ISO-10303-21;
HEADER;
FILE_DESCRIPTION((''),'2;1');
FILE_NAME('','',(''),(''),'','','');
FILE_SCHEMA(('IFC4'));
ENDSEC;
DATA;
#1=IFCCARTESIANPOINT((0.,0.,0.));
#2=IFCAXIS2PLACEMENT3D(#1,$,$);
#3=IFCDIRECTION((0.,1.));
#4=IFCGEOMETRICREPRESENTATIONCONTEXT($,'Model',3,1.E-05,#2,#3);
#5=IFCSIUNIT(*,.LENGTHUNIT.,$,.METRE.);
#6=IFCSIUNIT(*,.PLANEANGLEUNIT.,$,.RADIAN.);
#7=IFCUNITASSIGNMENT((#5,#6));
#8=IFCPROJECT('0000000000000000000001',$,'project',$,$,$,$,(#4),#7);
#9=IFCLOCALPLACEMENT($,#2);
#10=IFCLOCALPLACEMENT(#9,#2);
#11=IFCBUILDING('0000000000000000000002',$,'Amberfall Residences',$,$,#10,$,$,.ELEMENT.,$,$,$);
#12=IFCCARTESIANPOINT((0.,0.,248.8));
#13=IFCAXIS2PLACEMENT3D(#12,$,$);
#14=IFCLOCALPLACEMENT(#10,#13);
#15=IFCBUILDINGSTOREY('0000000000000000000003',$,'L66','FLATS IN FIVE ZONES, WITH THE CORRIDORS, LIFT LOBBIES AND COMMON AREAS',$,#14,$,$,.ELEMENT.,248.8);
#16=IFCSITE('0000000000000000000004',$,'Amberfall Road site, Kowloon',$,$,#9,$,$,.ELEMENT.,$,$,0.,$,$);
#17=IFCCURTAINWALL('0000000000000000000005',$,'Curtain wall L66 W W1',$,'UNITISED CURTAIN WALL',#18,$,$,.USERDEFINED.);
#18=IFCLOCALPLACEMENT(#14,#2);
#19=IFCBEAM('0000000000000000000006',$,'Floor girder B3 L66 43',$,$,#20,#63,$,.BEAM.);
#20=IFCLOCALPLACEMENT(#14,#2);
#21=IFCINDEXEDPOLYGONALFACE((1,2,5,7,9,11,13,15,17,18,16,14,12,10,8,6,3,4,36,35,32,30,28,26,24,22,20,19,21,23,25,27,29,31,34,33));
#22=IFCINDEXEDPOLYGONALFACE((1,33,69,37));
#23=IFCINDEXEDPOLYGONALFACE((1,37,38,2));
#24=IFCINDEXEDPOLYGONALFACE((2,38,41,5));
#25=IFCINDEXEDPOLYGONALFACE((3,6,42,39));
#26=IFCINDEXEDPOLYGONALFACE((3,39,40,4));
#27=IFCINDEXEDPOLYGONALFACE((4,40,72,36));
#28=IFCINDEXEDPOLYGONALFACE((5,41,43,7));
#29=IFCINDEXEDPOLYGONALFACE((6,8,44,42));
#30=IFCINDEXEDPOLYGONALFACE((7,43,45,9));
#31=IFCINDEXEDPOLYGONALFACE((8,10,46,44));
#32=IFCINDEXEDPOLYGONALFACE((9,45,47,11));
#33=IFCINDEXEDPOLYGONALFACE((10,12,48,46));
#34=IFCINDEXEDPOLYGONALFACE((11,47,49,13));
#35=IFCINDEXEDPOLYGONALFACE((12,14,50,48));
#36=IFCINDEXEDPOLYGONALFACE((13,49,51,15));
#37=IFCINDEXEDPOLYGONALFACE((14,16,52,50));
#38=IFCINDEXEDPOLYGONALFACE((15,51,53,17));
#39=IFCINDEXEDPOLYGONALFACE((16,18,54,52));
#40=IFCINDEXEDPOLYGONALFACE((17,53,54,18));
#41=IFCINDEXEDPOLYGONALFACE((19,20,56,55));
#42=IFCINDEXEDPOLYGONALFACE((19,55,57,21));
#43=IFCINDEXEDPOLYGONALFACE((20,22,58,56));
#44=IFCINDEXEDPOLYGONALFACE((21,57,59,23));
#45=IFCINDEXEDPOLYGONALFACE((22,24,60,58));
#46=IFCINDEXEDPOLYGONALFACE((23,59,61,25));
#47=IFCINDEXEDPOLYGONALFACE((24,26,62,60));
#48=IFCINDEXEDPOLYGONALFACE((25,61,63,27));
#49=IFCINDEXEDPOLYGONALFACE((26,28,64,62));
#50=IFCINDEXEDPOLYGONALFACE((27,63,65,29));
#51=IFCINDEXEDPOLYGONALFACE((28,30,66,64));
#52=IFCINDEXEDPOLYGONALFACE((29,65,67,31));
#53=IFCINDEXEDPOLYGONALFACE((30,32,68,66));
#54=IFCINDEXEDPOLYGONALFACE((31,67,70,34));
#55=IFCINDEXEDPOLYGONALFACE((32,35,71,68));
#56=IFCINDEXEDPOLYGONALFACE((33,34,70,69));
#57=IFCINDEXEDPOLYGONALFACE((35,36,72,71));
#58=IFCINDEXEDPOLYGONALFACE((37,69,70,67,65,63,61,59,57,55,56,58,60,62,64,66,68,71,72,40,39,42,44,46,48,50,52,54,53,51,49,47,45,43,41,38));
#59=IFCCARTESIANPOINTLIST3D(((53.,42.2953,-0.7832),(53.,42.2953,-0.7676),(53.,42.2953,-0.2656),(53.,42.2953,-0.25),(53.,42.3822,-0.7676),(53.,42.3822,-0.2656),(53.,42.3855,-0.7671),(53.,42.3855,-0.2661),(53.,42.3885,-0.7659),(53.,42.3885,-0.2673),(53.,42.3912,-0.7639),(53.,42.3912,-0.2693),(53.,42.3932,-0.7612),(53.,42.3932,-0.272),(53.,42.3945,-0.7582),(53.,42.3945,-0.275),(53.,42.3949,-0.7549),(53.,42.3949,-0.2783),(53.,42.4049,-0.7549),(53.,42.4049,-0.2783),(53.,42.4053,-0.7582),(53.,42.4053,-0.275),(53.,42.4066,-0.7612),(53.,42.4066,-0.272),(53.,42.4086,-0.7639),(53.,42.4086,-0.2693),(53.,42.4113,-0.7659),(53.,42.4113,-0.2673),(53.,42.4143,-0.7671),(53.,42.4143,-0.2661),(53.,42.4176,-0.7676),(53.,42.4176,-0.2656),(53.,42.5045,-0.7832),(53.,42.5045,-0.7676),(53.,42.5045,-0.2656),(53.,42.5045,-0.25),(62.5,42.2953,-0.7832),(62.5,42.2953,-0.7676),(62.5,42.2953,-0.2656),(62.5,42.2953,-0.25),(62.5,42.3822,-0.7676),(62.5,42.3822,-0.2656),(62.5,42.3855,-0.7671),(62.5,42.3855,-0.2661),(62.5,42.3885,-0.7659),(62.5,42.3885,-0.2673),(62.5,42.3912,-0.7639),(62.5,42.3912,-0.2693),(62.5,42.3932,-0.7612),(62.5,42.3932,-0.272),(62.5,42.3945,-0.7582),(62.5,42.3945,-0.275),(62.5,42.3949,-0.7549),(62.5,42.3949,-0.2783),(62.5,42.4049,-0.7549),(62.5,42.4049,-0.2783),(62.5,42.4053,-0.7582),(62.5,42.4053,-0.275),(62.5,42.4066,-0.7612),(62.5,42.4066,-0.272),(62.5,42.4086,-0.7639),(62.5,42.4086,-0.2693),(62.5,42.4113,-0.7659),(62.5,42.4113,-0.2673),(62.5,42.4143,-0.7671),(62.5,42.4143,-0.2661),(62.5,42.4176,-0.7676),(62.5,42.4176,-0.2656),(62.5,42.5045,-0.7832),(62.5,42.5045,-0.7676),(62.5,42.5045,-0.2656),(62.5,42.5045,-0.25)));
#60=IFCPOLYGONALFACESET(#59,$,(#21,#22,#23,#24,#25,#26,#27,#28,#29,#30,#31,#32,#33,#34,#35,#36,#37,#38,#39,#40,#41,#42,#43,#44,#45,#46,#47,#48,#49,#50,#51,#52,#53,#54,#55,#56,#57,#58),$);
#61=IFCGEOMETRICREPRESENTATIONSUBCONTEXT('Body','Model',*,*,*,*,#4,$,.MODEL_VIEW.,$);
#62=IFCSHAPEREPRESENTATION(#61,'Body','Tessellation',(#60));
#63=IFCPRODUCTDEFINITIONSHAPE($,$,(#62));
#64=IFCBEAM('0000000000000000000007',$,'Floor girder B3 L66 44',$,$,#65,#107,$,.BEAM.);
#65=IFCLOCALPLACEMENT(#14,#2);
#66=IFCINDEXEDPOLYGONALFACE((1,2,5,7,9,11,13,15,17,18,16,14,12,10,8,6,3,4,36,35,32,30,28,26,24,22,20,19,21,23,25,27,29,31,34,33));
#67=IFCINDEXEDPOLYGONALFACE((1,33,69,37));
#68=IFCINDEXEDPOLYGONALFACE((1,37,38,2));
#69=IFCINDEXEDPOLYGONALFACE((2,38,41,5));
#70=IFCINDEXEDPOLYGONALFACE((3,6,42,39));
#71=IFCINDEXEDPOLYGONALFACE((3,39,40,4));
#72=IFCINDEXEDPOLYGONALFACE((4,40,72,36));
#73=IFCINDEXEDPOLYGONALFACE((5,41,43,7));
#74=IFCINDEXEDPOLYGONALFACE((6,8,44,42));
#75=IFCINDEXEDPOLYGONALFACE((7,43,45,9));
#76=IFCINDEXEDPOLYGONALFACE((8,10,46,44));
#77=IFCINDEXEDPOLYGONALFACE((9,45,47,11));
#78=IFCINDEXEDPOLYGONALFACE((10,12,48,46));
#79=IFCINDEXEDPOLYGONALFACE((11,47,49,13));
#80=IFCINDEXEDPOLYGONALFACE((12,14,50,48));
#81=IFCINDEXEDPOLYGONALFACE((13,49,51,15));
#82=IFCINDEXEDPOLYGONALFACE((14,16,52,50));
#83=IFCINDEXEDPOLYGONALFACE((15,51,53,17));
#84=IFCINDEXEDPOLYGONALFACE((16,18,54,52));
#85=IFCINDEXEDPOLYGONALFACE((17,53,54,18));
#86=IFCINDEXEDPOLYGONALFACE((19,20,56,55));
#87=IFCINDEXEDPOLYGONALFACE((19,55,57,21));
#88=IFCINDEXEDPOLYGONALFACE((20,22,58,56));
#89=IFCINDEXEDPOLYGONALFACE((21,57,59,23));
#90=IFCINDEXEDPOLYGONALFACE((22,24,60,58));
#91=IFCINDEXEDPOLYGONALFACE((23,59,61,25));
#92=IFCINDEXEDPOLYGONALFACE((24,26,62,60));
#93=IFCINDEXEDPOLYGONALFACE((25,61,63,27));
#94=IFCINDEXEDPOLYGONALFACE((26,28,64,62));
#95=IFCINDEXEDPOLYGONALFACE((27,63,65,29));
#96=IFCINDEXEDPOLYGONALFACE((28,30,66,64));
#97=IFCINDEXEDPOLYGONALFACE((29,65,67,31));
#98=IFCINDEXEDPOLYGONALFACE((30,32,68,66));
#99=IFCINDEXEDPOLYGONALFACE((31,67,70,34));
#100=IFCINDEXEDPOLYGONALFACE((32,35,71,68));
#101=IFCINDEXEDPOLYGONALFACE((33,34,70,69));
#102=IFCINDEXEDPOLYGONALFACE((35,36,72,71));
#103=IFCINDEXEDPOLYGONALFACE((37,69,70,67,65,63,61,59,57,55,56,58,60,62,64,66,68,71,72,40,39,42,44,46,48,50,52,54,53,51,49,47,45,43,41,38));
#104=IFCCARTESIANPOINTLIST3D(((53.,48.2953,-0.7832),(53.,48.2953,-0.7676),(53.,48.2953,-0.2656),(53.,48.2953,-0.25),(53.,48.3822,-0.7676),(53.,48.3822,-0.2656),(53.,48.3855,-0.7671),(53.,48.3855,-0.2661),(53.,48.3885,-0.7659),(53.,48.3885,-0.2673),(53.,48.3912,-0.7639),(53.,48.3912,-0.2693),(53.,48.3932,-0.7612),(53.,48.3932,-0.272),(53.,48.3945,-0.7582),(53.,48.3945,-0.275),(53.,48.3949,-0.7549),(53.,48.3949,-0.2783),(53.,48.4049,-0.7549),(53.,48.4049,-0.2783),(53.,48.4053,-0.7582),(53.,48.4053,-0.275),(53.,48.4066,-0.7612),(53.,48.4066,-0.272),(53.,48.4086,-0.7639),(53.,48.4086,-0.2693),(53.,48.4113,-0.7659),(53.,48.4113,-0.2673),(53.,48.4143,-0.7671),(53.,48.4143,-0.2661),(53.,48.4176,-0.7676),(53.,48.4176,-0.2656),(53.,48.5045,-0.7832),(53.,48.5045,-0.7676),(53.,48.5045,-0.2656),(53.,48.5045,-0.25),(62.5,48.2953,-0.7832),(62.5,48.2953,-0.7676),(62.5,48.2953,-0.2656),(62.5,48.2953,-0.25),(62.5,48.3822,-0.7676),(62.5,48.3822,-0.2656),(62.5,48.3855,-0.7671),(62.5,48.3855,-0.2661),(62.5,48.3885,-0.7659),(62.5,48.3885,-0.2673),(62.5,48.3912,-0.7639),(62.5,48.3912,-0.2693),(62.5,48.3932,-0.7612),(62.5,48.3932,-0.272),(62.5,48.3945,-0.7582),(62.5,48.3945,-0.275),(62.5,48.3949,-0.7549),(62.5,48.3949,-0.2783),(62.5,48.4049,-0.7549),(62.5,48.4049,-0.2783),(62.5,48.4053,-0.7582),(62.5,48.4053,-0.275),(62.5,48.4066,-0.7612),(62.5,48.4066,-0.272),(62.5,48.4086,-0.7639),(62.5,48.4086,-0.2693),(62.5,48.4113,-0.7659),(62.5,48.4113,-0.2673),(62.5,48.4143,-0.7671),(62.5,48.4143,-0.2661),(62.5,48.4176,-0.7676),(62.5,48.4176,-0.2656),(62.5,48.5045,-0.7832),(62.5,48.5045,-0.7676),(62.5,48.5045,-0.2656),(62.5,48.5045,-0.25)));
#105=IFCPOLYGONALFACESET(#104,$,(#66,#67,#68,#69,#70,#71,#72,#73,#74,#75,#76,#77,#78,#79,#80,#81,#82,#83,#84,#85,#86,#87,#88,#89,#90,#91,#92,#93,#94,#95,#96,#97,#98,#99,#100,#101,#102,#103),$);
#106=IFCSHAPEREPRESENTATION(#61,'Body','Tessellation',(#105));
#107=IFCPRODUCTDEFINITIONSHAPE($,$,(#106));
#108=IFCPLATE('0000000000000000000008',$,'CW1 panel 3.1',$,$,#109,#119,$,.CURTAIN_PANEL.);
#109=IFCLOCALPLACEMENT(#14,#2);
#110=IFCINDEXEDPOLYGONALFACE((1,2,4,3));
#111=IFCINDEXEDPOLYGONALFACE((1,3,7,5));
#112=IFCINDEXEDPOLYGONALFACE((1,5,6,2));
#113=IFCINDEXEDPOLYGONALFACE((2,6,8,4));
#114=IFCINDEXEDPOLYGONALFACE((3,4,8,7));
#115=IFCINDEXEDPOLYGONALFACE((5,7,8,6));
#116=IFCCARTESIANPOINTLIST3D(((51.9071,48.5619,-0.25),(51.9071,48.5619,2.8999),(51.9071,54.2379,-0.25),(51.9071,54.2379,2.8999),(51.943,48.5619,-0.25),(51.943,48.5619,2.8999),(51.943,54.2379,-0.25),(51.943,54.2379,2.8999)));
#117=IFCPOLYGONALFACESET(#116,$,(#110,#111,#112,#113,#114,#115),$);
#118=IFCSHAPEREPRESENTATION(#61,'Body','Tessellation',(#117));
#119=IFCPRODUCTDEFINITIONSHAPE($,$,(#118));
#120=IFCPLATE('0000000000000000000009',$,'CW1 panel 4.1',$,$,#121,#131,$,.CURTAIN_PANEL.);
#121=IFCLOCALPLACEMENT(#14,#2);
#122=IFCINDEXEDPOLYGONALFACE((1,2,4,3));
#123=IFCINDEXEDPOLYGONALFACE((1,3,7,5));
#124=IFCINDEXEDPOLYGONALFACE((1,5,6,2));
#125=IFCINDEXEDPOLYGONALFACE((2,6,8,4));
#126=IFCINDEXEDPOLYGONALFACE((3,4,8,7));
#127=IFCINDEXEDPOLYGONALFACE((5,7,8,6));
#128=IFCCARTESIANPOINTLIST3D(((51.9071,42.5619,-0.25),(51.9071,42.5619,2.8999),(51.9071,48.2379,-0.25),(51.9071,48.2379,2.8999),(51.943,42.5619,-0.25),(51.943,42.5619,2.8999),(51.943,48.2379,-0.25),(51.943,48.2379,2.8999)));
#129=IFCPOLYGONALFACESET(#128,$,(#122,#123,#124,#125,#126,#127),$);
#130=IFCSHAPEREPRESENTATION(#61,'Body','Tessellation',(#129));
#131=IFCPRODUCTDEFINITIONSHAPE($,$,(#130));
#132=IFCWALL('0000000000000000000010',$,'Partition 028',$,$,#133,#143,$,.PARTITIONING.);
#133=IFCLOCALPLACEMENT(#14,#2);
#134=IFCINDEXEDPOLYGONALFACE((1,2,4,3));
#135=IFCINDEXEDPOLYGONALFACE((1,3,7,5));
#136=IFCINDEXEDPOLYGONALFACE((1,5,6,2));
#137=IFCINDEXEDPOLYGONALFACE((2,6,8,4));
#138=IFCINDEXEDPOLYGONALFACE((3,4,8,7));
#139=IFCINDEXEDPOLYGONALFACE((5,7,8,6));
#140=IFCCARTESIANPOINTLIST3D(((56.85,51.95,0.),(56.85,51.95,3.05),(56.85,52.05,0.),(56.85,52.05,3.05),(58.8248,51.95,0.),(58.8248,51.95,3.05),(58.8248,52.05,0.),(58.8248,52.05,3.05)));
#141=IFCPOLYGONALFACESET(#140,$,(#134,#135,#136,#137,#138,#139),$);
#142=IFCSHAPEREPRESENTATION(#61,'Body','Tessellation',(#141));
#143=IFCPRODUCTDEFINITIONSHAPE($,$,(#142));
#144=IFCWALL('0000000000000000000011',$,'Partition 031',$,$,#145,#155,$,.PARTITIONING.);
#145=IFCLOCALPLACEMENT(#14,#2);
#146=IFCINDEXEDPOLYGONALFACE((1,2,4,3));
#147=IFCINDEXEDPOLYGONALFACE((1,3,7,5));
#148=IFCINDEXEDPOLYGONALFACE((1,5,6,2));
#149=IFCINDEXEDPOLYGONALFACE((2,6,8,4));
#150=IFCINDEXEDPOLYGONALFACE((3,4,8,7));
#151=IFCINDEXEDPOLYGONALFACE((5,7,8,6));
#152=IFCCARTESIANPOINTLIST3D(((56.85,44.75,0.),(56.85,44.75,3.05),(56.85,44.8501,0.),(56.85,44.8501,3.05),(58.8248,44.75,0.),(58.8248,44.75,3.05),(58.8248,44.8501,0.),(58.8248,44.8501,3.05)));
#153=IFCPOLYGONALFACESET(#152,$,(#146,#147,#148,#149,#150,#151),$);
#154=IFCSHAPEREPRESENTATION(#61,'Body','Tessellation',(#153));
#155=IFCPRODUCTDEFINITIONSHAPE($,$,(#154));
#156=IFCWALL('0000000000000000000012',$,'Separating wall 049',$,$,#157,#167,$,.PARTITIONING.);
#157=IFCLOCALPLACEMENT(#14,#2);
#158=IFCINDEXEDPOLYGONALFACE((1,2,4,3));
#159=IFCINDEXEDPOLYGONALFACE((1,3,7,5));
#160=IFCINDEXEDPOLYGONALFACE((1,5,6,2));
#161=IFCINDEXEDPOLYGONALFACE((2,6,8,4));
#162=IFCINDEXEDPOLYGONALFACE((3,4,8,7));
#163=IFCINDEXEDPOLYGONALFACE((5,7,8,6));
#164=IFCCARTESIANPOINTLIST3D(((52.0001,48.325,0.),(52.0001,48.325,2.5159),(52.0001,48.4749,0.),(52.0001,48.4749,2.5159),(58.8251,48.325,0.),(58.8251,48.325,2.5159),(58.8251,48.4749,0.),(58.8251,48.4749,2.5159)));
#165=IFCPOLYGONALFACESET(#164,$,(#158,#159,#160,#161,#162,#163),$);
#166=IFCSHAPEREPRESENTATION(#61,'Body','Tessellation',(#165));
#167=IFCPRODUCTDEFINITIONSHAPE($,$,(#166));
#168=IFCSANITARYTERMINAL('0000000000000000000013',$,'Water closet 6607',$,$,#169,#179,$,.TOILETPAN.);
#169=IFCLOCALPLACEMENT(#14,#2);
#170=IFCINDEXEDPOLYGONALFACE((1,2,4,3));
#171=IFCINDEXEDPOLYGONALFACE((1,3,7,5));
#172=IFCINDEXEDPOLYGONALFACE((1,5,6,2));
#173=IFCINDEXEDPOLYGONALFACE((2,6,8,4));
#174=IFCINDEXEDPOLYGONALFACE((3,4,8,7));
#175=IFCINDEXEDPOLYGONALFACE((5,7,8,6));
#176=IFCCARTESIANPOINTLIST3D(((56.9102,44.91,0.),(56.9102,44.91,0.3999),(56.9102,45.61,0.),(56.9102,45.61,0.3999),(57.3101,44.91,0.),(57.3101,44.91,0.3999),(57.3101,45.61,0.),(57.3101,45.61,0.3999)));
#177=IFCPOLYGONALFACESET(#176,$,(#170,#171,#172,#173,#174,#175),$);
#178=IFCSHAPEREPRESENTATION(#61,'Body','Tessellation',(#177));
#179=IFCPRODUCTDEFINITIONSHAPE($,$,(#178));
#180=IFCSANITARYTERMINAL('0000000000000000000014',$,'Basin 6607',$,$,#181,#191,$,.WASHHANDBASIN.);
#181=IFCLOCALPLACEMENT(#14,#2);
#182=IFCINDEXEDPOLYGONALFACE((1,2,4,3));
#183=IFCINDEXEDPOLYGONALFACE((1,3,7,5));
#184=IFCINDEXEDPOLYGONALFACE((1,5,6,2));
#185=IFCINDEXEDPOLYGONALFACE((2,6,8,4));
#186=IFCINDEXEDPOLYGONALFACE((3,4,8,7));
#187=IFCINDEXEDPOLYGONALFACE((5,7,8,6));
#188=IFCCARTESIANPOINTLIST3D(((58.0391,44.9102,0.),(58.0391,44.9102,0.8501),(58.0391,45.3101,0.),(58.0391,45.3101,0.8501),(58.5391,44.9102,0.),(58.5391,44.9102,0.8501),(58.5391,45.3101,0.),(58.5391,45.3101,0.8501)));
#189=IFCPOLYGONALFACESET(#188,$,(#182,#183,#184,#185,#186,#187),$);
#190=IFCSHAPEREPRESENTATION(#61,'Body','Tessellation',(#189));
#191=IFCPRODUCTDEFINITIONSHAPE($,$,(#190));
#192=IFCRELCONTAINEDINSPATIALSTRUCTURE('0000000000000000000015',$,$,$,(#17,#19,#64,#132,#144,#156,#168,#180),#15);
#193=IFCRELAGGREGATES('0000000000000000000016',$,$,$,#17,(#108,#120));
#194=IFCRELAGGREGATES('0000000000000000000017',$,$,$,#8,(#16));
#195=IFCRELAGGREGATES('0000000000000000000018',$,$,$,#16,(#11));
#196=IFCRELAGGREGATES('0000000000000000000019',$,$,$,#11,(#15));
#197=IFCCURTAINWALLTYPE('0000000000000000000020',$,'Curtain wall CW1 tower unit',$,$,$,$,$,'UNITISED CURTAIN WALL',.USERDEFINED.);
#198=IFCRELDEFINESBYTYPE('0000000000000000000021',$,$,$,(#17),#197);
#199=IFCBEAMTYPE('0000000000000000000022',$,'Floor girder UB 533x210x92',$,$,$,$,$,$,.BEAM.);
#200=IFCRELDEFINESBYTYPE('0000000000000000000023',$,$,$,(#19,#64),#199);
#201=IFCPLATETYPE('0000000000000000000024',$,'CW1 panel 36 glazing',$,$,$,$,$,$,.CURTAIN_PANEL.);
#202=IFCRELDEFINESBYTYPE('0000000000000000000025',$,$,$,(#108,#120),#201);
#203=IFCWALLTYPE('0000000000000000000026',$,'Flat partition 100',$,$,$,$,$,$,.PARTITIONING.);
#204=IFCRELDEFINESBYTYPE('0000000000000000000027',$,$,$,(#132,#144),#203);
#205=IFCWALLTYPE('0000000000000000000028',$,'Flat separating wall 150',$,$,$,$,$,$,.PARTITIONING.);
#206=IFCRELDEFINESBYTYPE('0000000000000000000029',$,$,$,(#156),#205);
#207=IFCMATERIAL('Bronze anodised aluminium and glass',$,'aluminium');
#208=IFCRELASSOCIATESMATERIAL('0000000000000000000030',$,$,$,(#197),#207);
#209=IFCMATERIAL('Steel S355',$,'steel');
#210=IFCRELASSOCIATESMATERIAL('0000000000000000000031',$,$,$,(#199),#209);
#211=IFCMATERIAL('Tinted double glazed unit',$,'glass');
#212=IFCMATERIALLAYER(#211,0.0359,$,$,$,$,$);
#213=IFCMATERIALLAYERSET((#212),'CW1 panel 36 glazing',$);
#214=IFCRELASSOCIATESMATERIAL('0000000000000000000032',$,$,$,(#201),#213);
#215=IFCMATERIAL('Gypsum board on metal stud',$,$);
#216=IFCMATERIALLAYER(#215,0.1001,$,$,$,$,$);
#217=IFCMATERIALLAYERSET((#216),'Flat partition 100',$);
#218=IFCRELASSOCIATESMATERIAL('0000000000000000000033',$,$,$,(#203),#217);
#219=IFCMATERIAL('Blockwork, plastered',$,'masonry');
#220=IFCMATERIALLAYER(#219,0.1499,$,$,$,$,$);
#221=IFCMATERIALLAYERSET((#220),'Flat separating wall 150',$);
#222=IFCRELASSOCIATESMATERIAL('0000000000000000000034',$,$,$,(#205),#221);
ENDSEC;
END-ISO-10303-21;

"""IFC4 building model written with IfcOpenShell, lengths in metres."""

from ifc_helpers import new_model, si_unit, direction, frame, frame_2d, origin, origin_2d, place, context, subcontext, project, spatial, rectangle, i_section, extrude, material, layer, layer_set, material_profile, profile_set, type_object, element, aggregate, save


model = new_model("IFC4")

# Units and contexts
model_context = context("Model", 3, precision=1e-05, world=origin(), true_north=direction((0.0, 1.0)))
body_context = subcontext(model_context, "Body", "Model", "MODEL_VIEW")
ifc_project = project(units=[si_unit("LENGTHUNIT", "METRE"), si_unit("PLANEANGLEUNIT", "RADIAN")], contexts=[model_context])

# Site, building, storey
site_placement = place(None, origin())
site = spatial("IfcSite", under=ifc_project, at=site_placement, Name="Amberfall Road site, Kowloon", CompositionType="ELEMENT", RefElevation=0.0)
building_placement = place(site_placement, origin())
building = spatial("IfcBuilding", under=site, at=building_placement, Name="Amberfall Residences", CompositionType="ELEMENT")
storey_placement = place(building_placement, frame((0.0, 0.0, 248.8)))
storey = spatial("IfcBuildingStorey", under=building, at=storey_placement, Name="L66", Description="FLATS IN FIVE ZONES, WITH THE CORRIDORS, LIFT LOBBIES AND COMMON AREAS", CompositionType="ELEMENT", Elevation=248.8)

# Curtain wall
ifc_material_1 = material(Name="Bronze anodised aluminium and glass", Category="aluminium")
curtain_wall_type = type_object("IfcCurtainWallType", Name="Curtain wall CW1 tower unit", ElementType="UNITISED CURTAIN WALL", PredefinedType="USERDEFINED", material=ifc_material_1)
curtain_wall_placement = place(storey_placement, origin())
curtain_wall = element("IfcCurtainWall", 1, at=curtain_wall_placement, inside=storey, type_object=curtain_wall_type, Name="Curtain wall L66 W W1", ObjectType="UNITISED CURTAIN WALL", PredefinedType="USERDEFINED")

# Shared definitions
ifc_material_2 = material(Name="Steel S355", Category="steel")

# Beams
ifc_material_profile_1 = material_profile(ifc_material_2, i_section(OverallWidth=0.2092, OverallDepth=0.5332, WebThickness=0.01, FlangeThickness=0.0156, FilletRadius=0.0127, at=origin_2d()), Name="UB 533x210x92")
ifc_profile_set_1 = profile_set([ifc_material_profile_1], Name="Steel S355")
beam_type_1 = type_object("IfcBeamType", Name="Floor girder UB 533x210x92", PredefinedType="BEAM", material=ifc_profile_set_1)
for number, where, z_axis, x_axis, name in (
    (2, (53.0, 42.3999, -0.5166), (1.0, 0.0, 0.0), (0.0, 1.0, 0.0), "Floor girder B3 L66 43"),
    (3, (53.0, 48.3999, -0.5166), (1.0, 0.0, 0.0), (0.0, 1.0, 0.0), "Floor girder B3 L66 44"),
):
    element("IfcBeam", number, at=place(storey_placement, frame(where, z_axis=z_axis, x_axis=x_axis)), inside=storey, type_object=beam_type_1, Name=name, PredefinedType="BEAM", context=body_context, shape_type="SweptSolid", body=[
        extrude(i_section(OverallWidth=0.2092, OverallDepth=0.5332, WebThickness=0.01, FlangeThickness=0.0156, FilletRadius=0.0127, at=origin_2d()), origin(), (0.0, 0.0, 1.0), 9.5),
    ])

# Plates
ifc_material_3 = material(Name="Tinted double glazed unit", Category="glass")
ifc_layer_1 = layer(ifc_material_3, 0.0359)
ifc_layer_set_1 = layer_set([ifc_layer_1], Name="CW1 panel 36 glazing")
plate_type = type_object("IfcPlateType", Name="CW1 panel 36 glazing", PredefinedType="CURTAIN_PANEL", material=ifc_layer_set_1)
plate_1_placement = place(storey_placement, frame((51.925, 51.3999, -0.25), z_axis=(0.0, 0.0, 1.0), x_axis=(0.0, -1.0, 0.0)))
plate_1 = element("IfcPlate", 4, at=plate_1_placement, type_object=plate_type, Name="CW1 panel 3.1", PredefinedType="CURTAIN_PANEL", context=body_context, shape_type="SweptSolid", body=[
    extrude(rectangle(XDim=5.676, YDim=0.0359, at=origin_2d()), origin(), (0.0, 0.0, 1.0), 3.1499),
])
plate_2_placement = place(storey_placement, frame((51.925, 45.3999, -0.25), z_axis=(0.0, 0.0, 1.0), x_axis=(0.0, -1.0, 0.0)))
plate_2 = element("IfcPlate", 5, at=plate_2_placement, type_object=plate_type, Name="CW1 panel 4.1", PredefinedType="CURTAIN_PANEL", context=body_context, shape_type="SweptSolid", body=[
    extrude(rectangle(XDim=5.676, YDim=0.0359, at=origin_2d()), origin(), (0.0, 0.0, 1.0), 3.1499),
])
aggregate(curtain_wall, [plate_1, plate_2])

# Walls
ifc_material_4 = material(Name="Gypsum board on metal stud")
ifc_layer_2 = layer(ifc_material_4, 0.1001)
ifc_layer_set_2 = layer_set([ifc_layer_2], Name="Flat partition 100")
wall_type_1 = type_object("IfcWallType", Name="Flat partition 100", PredefinedType="PARTITIONING", material=ifc_layer_set_2)
for number, where, z_axis, x_axis, name in (
    (6, (56.8501, 52.0, 0.0), (0.0, 0.0, 1.0), (1.0, 0.0, 0.0), "Partition 028"),
    (7, (56.8501, 44.8, 0.0), (0.0, 0.0, 1.0), (1.0, 0.0, 0.0), "Partition 031"),
):
    element("IfcWall", number, at=place(storey_placement, frame(where, z_axis=z_axis, x_axis=x_axis)), inside=storey, type_object=wall_type_1, Name=name, PredefinedType="PARTITIONING", context=body_context, shape_type="SweptSolid", body=[
        extrude(rectangle(XDim=1.9749, YDim=0.1001, at=frame_2d((0.9873, 0.0))), origin(), (0.0, 0.0, 1.0), 3.05),
    ])
ifc_material_5 = material(Name="Blockwork, plastered", Category="masonry")
ifc_layer_3 = layer(ifc_material_5, 0.1499)
ifc_layer_set_3 = layer_set([ifc_layer_3], Name="Flat separating wall 150")
wall_type_2 = type_object("IfcWallType", Name="Flat separating wall 150", PredefinedType="PARTITIONING", material=ifc_layer_set_3)
wall_placement = place(storey_placement, frame((52.0, 48.3999, 0.0), z_axis=(0.0, 0.0, 1.0), x_axis=(1.0, 0.0, 0.0)))
element("IfcWall", 8, at=wall_placement, inside=storey, type_object=wall_type_2, Name="Separating wall 049", PredefinedType="PARTITIONING", context=body_context, shape_type="SweptSolid", body=[
    extrude(rectangle(XDim=6.825, YDim=0.1499, at=frame_2d((3.4126, 0.0))), origin(), (0.0, 0.0, 1.0), 2.5159),
])

# Sanitary terminals
sanitary_terminal_1_placement = place(storey_placement, frame((57.1101, 45.26, 0.0), z_axis=(0.0, 0.0, 1.0), x_axis=(1.0, 0.0, 0.0)))
element("IfcSanitaryTerminal", 9, at=sanitary_terminal_1_placement, inside=storey, Name="Water closet 6607", PredefinedType="TOILETPAN", context=body_context, shape_type="SweptSolid", body=[
    extrude(rectangle(XDim=0.3999, YDim=0.7, at=origin_2d()), origin(), (0.0, 0.0, 1.0), 0.3999),
])
sanitary_terminal_2_placement = place(storey_placement, frame((58.2891, 45.1101, 0.0), z_axis=(0.0, 0.0, 1.0), x_axis=(1.0, 0.0, 0.0)))
element("IfcSanitaryTerminal", 10, at=sanitary_terminal_2_placement, inside=storey, Name="Basin 6607", PredefinedType="WASHHANDBASIN", context=body_context, shape_type="SweptSolid", body=[
    extrude(rectangle(XDim=0.5, YDim=0.3999, at=origin_2d()), origin(), (0.0, 0.0, 1.0), 0.8501),
])

save(model, "model.ifc")
